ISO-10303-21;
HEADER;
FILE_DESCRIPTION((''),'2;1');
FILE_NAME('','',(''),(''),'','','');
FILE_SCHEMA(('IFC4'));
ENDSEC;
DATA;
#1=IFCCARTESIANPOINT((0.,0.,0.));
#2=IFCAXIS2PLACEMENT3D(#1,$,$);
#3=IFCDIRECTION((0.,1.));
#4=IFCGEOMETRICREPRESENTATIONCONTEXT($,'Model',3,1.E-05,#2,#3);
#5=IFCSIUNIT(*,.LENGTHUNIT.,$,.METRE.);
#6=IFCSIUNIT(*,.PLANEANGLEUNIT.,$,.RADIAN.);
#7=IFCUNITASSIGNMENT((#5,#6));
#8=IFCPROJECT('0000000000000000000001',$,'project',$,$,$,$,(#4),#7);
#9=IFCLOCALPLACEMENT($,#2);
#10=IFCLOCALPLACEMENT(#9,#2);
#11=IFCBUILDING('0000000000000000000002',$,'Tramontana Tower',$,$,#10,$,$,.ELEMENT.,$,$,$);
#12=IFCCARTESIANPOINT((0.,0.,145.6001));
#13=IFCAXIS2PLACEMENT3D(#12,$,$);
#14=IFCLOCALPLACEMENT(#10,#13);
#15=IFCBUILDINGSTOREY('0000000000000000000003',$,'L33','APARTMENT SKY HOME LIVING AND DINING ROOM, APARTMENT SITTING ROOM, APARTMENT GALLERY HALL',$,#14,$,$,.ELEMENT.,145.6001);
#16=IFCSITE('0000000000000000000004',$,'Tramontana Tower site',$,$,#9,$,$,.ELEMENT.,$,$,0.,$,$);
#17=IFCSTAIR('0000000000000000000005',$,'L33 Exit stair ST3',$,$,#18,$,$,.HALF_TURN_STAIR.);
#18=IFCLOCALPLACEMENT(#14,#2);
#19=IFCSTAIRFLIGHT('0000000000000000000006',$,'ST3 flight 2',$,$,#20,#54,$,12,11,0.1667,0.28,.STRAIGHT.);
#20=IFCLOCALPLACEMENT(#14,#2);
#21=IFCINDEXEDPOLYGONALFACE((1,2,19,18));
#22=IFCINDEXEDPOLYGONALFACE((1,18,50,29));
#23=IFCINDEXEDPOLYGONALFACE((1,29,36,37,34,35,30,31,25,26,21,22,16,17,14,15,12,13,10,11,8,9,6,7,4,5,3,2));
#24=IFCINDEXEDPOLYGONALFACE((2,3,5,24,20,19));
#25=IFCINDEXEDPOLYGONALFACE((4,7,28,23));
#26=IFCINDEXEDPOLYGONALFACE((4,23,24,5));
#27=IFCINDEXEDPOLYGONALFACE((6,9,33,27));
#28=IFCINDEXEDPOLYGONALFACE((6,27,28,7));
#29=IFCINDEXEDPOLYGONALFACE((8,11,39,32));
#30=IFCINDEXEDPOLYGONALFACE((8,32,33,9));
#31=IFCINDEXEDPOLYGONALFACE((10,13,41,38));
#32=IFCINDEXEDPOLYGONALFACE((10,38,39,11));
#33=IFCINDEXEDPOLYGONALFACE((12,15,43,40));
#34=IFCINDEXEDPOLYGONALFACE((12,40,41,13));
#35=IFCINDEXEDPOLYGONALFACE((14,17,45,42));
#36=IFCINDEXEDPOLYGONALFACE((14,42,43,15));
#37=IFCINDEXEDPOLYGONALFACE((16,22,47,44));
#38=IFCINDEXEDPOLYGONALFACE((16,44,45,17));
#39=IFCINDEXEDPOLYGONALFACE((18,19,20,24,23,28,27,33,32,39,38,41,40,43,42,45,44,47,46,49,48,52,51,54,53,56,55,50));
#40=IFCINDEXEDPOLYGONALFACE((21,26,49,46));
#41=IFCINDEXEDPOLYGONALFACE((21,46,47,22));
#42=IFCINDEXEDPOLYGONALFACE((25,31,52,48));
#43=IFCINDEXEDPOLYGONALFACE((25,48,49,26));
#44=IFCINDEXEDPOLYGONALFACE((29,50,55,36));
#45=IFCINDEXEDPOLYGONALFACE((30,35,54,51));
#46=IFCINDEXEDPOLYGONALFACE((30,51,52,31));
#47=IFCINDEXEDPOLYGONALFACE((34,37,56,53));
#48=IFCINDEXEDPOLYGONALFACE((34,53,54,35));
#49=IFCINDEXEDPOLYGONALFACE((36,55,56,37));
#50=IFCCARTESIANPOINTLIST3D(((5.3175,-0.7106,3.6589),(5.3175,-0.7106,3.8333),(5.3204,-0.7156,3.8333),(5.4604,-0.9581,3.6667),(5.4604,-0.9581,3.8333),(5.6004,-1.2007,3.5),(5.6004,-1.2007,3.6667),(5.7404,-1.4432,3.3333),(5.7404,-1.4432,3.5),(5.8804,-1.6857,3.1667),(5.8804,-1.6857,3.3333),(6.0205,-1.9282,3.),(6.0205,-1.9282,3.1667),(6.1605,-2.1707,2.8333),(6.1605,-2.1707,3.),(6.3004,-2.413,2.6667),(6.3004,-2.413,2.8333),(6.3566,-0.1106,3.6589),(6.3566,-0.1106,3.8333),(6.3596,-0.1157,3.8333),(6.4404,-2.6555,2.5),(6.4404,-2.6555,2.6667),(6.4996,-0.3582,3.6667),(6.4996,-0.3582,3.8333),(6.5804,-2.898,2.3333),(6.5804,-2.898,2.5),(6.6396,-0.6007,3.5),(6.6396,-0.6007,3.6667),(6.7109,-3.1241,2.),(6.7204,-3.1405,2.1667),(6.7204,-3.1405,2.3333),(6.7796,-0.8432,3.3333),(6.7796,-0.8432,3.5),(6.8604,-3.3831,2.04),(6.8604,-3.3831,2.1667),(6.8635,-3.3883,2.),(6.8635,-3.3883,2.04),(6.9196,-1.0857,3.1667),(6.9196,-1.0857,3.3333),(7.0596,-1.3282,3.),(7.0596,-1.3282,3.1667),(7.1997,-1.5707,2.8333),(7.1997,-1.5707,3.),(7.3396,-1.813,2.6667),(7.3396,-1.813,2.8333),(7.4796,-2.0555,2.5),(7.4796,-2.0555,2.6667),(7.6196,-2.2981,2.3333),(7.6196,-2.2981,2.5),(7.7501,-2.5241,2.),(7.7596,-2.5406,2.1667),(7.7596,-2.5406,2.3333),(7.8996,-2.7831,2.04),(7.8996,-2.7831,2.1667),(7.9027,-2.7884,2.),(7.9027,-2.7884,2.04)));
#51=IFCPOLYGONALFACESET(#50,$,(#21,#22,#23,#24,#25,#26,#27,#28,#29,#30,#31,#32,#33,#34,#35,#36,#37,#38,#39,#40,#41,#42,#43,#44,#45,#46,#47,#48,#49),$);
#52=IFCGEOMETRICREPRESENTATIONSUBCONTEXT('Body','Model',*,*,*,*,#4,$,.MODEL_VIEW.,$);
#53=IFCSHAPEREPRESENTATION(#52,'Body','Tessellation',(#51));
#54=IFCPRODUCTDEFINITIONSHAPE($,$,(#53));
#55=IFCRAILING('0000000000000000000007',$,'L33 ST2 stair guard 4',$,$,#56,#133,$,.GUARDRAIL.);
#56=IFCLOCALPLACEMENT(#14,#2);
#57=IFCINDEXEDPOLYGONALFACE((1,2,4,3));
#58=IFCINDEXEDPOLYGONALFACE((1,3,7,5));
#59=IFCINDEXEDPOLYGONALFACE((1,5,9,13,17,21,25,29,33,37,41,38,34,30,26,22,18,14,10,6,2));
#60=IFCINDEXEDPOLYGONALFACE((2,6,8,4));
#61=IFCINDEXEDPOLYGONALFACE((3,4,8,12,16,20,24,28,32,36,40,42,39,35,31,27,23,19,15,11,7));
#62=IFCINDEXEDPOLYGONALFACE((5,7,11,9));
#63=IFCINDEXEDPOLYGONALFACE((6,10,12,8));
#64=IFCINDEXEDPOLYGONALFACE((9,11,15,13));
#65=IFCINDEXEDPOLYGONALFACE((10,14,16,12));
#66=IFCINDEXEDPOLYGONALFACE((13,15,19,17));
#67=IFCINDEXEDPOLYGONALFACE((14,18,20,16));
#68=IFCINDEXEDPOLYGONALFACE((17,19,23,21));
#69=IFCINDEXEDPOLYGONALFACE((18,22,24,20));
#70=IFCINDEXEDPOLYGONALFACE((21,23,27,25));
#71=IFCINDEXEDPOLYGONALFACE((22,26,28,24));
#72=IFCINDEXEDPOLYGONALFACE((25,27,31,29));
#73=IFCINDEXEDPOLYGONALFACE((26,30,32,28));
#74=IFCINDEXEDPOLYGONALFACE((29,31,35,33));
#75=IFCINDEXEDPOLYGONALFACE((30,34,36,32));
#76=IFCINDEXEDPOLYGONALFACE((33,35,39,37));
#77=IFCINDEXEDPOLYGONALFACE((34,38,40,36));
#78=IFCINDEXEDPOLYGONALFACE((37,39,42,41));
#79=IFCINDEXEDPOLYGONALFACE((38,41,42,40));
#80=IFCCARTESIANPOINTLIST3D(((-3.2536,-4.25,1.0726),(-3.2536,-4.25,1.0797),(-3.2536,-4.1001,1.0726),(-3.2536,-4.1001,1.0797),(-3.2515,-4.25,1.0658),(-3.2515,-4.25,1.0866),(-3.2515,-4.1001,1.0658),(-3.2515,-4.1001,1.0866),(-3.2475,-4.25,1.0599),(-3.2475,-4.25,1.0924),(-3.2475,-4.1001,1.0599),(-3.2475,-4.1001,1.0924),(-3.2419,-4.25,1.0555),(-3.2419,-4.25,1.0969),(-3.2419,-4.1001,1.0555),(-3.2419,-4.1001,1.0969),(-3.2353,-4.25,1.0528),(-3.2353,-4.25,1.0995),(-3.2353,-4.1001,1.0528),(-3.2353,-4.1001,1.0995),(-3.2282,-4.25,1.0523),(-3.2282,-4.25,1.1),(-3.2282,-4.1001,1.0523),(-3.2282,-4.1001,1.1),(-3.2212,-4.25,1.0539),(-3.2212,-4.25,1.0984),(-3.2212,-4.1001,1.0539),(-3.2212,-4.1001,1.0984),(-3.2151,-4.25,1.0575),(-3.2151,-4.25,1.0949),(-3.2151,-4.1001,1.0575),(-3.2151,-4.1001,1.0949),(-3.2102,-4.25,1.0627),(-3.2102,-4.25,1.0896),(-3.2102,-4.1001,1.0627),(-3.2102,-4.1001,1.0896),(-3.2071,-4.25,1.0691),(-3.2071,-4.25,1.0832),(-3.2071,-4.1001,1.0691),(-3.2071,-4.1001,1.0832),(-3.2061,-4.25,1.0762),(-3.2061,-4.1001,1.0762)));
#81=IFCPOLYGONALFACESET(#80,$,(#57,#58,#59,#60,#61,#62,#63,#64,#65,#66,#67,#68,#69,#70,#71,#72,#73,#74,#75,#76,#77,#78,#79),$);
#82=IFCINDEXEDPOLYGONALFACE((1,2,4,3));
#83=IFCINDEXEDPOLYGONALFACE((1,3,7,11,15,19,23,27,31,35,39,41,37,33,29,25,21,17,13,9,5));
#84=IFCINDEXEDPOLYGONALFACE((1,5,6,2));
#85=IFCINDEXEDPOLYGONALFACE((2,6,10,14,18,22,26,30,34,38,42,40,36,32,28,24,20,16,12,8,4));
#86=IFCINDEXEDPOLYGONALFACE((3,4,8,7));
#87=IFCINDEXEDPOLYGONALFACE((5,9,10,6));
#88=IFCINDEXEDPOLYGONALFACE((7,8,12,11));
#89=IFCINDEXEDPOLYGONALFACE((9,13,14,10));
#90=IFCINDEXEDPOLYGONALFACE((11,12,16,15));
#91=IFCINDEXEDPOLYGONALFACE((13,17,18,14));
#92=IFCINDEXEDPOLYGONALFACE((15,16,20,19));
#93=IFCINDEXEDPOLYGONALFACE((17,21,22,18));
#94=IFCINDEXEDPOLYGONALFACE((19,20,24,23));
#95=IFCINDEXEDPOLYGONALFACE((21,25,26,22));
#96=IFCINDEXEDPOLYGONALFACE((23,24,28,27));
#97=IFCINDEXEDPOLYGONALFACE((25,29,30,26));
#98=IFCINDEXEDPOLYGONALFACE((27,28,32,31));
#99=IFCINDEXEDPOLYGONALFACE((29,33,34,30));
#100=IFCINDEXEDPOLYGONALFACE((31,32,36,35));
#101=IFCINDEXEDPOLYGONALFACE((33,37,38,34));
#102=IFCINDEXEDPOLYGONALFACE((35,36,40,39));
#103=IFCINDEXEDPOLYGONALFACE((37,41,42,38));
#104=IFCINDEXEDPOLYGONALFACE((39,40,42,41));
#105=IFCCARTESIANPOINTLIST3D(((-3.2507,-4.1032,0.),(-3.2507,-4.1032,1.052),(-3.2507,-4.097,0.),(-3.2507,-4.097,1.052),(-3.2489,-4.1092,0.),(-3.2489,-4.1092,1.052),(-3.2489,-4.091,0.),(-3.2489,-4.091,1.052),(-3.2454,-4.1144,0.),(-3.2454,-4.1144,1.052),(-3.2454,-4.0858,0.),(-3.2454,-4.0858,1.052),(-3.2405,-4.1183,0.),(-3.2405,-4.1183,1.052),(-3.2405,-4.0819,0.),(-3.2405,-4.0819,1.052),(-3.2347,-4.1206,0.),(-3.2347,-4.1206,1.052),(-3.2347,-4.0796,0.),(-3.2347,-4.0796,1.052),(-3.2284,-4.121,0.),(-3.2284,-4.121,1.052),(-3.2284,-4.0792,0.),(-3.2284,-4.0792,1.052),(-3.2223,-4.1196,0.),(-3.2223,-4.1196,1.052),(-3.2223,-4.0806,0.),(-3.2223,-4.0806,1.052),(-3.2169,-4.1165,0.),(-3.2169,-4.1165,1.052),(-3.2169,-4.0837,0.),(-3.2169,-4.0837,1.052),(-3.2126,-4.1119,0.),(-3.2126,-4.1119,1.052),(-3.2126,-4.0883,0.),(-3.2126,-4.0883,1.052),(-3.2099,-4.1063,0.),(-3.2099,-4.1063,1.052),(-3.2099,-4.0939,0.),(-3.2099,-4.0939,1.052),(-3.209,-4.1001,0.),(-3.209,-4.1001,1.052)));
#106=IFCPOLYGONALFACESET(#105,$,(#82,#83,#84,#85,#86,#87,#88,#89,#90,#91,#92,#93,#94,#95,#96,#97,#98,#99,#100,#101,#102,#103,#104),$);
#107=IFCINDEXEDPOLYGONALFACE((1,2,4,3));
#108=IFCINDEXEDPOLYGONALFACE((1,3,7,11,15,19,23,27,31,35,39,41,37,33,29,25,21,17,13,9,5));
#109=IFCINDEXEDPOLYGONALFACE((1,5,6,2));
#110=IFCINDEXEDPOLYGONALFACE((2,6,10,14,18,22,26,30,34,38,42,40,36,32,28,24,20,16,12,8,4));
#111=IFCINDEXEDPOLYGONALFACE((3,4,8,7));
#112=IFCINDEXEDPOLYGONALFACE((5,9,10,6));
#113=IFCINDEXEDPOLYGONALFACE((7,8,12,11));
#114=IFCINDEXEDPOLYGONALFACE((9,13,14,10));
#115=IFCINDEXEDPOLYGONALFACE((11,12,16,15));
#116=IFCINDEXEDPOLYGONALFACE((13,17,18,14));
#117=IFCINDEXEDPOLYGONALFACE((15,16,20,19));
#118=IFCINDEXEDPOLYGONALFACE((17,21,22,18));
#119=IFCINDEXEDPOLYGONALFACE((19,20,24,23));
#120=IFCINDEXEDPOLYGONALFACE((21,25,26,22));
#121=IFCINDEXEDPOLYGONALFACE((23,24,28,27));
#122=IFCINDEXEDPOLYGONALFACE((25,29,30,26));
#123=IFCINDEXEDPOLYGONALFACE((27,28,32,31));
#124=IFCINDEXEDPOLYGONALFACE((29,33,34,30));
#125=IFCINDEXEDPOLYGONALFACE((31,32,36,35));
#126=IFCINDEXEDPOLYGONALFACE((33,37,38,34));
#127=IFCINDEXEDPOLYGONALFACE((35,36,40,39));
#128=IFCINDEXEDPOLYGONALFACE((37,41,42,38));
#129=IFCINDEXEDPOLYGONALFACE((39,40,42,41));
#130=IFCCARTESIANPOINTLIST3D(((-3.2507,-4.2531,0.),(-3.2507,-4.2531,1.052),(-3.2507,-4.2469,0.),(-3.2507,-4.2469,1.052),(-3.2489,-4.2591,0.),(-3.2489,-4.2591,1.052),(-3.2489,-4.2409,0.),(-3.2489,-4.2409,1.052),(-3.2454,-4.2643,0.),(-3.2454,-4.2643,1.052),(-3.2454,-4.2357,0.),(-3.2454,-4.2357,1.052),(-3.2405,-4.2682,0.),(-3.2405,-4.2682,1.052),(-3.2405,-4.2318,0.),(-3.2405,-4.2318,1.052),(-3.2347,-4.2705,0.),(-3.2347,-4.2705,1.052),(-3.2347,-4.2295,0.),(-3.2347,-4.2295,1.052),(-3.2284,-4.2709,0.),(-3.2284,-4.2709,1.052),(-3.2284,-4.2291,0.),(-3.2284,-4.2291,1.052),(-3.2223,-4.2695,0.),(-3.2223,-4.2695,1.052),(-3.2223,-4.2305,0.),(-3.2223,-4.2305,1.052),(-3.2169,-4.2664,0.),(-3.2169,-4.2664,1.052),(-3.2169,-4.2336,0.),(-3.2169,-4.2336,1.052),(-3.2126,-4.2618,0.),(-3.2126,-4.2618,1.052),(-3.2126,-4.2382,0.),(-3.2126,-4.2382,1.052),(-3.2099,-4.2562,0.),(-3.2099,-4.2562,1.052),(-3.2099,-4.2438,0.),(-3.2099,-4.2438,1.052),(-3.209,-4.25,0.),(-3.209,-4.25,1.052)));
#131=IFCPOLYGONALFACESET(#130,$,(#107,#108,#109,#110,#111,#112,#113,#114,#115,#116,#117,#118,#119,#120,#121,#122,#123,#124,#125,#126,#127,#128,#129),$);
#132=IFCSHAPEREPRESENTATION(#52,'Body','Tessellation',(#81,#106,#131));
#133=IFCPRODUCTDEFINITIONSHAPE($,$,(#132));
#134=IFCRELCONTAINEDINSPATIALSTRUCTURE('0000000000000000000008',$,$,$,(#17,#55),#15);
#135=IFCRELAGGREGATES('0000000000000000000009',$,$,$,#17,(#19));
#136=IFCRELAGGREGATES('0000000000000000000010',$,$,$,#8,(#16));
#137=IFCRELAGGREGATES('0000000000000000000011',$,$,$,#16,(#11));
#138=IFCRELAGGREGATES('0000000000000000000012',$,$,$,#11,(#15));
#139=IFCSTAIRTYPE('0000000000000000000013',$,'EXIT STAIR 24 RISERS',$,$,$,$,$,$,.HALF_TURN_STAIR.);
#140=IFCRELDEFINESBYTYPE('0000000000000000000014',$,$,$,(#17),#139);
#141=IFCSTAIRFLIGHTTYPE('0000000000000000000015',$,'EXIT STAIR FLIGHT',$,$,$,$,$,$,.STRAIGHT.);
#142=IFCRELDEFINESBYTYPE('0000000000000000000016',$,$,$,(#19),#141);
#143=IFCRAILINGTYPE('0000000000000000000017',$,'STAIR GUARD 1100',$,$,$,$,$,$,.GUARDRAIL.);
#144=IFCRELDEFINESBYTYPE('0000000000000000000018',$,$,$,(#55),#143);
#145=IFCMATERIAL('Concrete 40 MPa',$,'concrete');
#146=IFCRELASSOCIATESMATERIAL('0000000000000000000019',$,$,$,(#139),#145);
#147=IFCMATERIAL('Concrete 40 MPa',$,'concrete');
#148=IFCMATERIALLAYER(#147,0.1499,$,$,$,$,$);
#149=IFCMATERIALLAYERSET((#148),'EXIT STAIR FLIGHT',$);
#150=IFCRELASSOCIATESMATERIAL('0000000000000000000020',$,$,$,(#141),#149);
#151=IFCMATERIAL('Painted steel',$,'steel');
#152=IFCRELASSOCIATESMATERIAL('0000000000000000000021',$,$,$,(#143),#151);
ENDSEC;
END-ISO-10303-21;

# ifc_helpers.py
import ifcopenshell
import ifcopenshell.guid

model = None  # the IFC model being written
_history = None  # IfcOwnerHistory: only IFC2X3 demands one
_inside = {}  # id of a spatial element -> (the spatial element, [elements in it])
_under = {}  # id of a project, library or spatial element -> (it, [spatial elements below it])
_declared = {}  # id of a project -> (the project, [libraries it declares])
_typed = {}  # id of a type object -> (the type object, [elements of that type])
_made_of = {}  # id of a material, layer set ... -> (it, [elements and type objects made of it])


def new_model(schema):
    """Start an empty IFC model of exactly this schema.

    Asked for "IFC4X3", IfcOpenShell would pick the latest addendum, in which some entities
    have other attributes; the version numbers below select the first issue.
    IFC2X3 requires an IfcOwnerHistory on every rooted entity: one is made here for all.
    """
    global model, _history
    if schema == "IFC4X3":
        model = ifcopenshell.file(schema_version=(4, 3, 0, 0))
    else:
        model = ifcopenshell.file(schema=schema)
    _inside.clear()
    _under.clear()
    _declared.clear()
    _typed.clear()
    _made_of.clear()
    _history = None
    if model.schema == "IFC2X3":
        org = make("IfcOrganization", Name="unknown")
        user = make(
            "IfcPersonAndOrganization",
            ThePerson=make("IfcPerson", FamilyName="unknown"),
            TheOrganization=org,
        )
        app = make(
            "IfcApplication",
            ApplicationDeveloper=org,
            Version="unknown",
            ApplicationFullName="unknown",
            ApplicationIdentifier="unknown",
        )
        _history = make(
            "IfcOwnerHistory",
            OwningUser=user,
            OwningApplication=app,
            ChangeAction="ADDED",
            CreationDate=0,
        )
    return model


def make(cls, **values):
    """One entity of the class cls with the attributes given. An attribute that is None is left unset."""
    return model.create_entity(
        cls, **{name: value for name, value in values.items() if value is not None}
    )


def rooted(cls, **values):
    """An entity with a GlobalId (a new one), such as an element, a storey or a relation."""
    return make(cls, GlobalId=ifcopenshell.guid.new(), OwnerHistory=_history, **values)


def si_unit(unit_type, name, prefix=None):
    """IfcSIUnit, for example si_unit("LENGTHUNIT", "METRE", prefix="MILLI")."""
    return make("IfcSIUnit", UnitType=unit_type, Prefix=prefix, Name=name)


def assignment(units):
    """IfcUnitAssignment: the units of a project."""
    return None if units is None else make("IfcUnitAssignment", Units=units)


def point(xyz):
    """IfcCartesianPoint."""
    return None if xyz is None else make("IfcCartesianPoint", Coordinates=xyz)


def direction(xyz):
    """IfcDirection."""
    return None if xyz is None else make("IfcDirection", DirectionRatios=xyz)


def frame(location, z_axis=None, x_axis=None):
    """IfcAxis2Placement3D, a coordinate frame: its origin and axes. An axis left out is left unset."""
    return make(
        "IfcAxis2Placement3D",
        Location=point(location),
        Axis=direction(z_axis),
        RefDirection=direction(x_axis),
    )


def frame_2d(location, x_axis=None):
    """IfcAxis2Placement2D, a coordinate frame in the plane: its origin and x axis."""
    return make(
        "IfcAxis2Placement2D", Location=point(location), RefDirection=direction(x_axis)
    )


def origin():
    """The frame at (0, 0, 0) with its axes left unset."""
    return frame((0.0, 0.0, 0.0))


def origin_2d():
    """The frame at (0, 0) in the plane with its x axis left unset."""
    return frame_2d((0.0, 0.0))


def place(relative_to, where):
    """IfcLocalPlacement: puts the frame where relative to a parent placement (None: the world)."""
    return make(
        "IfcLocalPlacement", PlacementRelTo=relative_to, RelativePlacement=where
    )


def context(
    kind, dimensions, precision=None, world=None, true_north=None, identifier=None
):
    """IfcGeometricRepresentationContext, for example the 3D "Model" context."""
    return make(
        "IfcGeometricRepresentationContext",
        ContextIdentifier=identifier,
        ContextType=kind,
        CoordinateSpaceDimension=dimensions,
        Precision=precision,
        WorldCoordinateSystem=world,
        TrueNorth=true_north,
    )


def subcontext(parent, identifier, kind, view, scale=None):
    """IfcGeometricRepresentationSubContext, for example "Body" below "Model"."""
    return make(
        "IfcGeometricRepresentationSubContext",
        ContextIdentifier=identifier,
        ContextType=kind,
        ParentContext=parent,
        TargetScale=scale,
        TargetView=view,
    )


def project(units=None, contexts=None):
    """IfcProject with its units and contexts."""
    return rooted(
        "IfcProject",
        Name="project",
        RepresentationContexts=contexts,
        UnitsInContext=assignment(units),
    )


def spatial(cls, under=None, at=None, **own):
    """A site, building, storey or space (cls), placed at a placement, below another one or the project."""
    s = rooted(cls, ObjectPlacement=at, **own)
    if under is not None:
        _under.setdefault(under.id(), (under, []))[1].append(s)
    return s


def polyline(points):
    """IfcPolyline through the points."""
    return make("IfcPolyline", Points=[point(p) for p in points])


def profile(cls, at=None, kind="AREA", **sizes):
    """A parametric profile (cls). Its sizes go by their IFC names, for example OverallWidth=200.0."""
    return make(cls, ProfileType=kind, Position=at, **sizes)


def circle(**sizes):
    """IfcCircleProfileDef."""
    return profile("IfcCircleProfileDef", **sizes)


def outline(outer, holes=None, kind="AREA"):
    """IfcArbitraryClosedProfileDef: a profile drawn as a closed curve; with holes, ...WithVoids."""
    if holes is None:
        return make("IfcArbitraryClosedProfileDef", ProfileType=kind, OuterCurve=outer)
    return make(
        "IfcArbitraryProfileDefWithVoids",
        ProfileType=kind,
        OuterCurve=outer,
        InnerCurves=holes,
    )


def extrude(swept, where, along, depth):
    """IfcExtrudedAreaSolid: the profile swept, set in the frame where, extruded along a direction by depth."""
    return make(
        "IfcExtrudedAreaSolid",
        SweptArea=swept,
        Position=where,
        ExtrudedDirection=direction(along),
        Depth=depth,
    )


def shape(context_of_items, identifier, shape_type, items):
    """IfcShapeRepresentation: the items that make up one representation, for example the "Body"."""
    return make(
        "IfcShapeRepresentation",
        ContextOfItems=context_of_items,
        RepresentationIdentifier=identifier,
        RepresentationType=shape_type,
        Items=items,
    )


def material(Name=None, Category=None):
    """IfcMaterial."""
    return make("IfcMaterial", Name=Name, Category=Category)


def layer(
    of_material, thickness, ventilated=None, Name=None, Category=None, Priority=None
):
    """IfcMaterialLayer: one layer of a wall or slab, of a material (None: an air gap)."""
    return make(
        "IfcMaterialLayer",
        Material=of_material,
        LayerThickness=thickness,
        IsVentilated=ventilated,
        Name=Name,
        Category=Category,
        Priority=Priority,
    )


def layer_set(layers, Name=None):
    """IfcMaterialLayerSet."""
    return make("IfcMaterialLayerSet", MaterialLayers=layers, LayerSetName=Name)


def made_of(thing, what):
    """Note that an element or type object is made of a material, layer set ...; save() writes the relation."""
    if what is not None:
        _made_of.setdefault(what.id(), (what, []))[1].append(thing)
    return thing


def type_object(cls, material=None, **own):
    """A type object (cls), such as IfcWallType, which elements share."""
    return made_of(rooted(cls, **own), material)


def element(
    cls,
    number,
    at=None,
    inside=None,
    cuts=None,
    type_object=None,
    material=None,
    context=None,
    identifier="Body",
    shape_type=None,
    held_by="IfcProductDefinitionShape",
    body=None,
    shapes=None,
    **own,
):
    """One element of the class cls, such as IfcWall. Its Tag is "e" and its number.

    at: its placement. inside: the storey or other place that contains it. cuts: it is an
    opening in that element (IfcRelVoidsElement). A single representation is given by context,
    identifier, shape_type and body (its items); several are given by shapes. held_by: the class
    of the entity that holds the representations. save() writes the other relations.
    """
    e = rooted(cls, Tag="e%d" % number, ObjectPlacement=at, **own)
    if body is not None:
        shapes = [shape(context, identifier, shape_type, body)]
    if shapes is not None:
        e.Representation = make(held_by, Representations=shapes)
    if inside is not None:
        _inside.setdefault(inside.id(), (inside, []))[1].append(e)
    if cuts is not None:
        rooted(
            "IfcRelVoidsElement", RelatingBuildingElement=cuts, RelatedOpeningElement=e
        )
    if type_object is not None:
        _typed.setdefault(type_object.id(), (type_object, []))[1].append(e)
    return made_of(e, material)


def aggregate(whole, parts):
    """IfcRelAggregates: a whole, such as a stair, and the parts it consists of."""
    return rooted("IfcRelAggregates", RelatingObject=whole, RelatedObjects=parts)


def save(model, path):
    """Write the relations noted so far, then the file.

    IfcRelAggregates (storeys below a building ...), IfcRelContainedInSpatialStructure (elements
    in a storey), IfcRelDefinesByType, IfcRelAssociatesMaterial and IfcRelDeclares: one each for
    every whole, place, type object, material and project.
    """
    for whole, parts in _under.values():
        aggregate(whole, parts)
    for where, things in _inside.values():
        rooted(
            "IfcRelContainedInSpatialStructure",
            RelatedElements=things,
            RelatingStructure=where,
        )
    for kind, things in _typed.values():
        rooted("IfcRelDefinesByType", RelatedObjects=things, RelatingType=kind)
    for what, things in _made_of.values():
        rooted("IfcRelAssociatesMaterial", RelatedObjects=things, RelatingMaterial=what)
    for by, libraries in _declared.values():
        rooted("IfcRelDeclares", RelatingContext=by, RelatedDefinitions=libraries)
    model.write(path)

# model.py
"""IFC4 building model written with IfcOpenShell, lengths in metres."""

from ifc_helpers import new_model, si_unit, direction, frame, origin, origin_2d, place, context, subcontext, project, spatial, polyline, circle, outline, extrude, material, layer, layer_set, type_object, element, aggregate, save


model = new_model("IFC4")

# Units and contexts
model_context = context("Model", 3, precision=1e-05, world=origin(), true_north=direction((0.0, 1.0)))
body_context = subcontext(model_context, "Body", "Model", "MODEL_VIEW")
ifc_project = project(units=[si_unit("LENGTHUNIT", "METRE"), si_unit("PLANEANGLEUNIT", "RADIAN")], contexts=[model_context])

# Site, building, storey
site_placement = place(None, origin())
site = spatial("IfcSite", under=ifc_project, at=site_placement, Name="Tramontana Tower site", CompositionType="ELEMENT", RefElevation=0.0)
building_placement = place(site_placement, origin())
building = spatial("IfcBuilding", under=site, at=building_placement, Name="Tramontana Tower", CompositionType="ELEMENT")
storey_placement = place(building_placement, frame((0.0, 0.0, 145.6001)))
storey = spatial("IfcBuildingStorey", under=building, at=storey_placement, Name="L33", Description="APARTMENT SKY HOME LIVING AND DINING ROOM, APARTMENT SITTING ROOM, APARTMENT GALLERY HALL", CompositionType="ELEMENT", Elevation=145.6001)

# Stair, stair flight
ifc_material_1 = material(Name="Concrete 40 MPa", Category="concrete")
stair_type = type_object("IfcStairType", Name="EXIT STAIR 24 RISERS", PredefinedType="HALF_TURN_STAIR", material=ifc_material_1)
stair_placement = place(storey_placement, origin())
stair = element("IfcStair", 1, at=stair_placement, inside=storey, type_object=stair_type, Name="L33 Exit stair ST3", PredefinedType="HALF_TURN_STAIR")
ifc_material_2 = material(Name="Concrete 40 MPa", Category="concrete")
ifc_layer_1 = layer(ifc_material_2, 0.1499)
ifc_layer_set_1 = layer_set([ifc_layer_1], Name="EXIT STAIR FLIGHT")
stair_flight_type = type_object("IfcStairFlightType", Name="EXIT STAIR FLIGHT", PredefinedType="STRAIGHT", material=ifc_layer_set_1)
stair_flight_1_placement = place(storey_placement, frame((7.3801, -3.083, 2.0), z_axis=(0.0, 0.0, 1.0), x_axis=(-0.5, 0.866025, 0.0)))
stair_flight_1 = element("IfcStairFlight", 2, at=stair_flight_1_placement, type_object=stair_flight_type, Name="ST3 flight 2", NumberOfRisers=12, NumberOfTreads=11, PredefinedType="STRAIGHT", RiserHeight=0.1667, TreadLength=0.28, context=body_context, shape_type="SweptSolid", body=[
    extrude(outline(polyline([(-0.0061, 0.0), (-0.0061, 0.04), (0.0, 0.04), (0.0, 0.1667), (0.28, 0.1667), (0.28, 0.3333), (0.5601, 0.3333), (0.5601, 0.5), (0.8401, 0.5), (0.8401, 0.6667), (1.1201, 0.6667), (1.1201, 0.8333), (1.3999, 0.8333), (1.3999, 1.0), (1.6799, 1.0), (1.6799, 1.1667), (1.96, 1.1667), (1.96, 1.3333), (2.24, 1.3333), (2.24, 1.5), (2.52, 1.5), (2.52, 1.6667), (2.8, 1.6667), (2.8, 1.8333), (3.0801, 1.8333), (3.0859, 1.8333), (3.0859, 1.6589), (0.2991, 0.0), (-0.0061, 0.0)])), frame((0.0, 0.6001, 0.0), z_axis=(0.0, -1.0, 0.0), x_axis=(1.0, 0.0, 0.0)), (0.0, 0.0, 1.0), 1.2),
])
aggregate(stair, [stair_flight_1])

# Railing
ifc_material_3 = material(Name="Painted steel", Category="steel")
railing_type_1 = type_object("IfcRailingType", Name="STAIR GUARD 1100", PredefinedType="GUARDRAIL", material=ifc_material_3)
railing_1_placement = place(storey_placement, frame((-3.23, -4.1001, 0.0)))
element("IfcRailing", 3, at=railing_1_placement, inside=storey, type_object=railing_type_1, Name="L33 ST2 stair guard 4", PredefinedType="GUARDRAIL", context=body_context, shape_type="SweptSolid", body=[
    extrude(circle(Radius=0.0239, at=origin_2d()), frame((0.0, 0.0, 1.0762), z_axis=(0.0, -1.0, 0.0), x_axis=(1.0, 0.0, 0.0)), (0.0, 0.0, 1.0), 0.1499),
    extrude(circle(Radius=0.021, at=origin_2d()), origin(), (0.0, 0.0, 1.0), 1.052),
    extrude(circle(Radius=0.021, at=origin_2d()), frame((0.0, -0.1499, 0.0)), (0.0, 0.0, 1.0), 1.052),
])

save(model, "model.ifc")
